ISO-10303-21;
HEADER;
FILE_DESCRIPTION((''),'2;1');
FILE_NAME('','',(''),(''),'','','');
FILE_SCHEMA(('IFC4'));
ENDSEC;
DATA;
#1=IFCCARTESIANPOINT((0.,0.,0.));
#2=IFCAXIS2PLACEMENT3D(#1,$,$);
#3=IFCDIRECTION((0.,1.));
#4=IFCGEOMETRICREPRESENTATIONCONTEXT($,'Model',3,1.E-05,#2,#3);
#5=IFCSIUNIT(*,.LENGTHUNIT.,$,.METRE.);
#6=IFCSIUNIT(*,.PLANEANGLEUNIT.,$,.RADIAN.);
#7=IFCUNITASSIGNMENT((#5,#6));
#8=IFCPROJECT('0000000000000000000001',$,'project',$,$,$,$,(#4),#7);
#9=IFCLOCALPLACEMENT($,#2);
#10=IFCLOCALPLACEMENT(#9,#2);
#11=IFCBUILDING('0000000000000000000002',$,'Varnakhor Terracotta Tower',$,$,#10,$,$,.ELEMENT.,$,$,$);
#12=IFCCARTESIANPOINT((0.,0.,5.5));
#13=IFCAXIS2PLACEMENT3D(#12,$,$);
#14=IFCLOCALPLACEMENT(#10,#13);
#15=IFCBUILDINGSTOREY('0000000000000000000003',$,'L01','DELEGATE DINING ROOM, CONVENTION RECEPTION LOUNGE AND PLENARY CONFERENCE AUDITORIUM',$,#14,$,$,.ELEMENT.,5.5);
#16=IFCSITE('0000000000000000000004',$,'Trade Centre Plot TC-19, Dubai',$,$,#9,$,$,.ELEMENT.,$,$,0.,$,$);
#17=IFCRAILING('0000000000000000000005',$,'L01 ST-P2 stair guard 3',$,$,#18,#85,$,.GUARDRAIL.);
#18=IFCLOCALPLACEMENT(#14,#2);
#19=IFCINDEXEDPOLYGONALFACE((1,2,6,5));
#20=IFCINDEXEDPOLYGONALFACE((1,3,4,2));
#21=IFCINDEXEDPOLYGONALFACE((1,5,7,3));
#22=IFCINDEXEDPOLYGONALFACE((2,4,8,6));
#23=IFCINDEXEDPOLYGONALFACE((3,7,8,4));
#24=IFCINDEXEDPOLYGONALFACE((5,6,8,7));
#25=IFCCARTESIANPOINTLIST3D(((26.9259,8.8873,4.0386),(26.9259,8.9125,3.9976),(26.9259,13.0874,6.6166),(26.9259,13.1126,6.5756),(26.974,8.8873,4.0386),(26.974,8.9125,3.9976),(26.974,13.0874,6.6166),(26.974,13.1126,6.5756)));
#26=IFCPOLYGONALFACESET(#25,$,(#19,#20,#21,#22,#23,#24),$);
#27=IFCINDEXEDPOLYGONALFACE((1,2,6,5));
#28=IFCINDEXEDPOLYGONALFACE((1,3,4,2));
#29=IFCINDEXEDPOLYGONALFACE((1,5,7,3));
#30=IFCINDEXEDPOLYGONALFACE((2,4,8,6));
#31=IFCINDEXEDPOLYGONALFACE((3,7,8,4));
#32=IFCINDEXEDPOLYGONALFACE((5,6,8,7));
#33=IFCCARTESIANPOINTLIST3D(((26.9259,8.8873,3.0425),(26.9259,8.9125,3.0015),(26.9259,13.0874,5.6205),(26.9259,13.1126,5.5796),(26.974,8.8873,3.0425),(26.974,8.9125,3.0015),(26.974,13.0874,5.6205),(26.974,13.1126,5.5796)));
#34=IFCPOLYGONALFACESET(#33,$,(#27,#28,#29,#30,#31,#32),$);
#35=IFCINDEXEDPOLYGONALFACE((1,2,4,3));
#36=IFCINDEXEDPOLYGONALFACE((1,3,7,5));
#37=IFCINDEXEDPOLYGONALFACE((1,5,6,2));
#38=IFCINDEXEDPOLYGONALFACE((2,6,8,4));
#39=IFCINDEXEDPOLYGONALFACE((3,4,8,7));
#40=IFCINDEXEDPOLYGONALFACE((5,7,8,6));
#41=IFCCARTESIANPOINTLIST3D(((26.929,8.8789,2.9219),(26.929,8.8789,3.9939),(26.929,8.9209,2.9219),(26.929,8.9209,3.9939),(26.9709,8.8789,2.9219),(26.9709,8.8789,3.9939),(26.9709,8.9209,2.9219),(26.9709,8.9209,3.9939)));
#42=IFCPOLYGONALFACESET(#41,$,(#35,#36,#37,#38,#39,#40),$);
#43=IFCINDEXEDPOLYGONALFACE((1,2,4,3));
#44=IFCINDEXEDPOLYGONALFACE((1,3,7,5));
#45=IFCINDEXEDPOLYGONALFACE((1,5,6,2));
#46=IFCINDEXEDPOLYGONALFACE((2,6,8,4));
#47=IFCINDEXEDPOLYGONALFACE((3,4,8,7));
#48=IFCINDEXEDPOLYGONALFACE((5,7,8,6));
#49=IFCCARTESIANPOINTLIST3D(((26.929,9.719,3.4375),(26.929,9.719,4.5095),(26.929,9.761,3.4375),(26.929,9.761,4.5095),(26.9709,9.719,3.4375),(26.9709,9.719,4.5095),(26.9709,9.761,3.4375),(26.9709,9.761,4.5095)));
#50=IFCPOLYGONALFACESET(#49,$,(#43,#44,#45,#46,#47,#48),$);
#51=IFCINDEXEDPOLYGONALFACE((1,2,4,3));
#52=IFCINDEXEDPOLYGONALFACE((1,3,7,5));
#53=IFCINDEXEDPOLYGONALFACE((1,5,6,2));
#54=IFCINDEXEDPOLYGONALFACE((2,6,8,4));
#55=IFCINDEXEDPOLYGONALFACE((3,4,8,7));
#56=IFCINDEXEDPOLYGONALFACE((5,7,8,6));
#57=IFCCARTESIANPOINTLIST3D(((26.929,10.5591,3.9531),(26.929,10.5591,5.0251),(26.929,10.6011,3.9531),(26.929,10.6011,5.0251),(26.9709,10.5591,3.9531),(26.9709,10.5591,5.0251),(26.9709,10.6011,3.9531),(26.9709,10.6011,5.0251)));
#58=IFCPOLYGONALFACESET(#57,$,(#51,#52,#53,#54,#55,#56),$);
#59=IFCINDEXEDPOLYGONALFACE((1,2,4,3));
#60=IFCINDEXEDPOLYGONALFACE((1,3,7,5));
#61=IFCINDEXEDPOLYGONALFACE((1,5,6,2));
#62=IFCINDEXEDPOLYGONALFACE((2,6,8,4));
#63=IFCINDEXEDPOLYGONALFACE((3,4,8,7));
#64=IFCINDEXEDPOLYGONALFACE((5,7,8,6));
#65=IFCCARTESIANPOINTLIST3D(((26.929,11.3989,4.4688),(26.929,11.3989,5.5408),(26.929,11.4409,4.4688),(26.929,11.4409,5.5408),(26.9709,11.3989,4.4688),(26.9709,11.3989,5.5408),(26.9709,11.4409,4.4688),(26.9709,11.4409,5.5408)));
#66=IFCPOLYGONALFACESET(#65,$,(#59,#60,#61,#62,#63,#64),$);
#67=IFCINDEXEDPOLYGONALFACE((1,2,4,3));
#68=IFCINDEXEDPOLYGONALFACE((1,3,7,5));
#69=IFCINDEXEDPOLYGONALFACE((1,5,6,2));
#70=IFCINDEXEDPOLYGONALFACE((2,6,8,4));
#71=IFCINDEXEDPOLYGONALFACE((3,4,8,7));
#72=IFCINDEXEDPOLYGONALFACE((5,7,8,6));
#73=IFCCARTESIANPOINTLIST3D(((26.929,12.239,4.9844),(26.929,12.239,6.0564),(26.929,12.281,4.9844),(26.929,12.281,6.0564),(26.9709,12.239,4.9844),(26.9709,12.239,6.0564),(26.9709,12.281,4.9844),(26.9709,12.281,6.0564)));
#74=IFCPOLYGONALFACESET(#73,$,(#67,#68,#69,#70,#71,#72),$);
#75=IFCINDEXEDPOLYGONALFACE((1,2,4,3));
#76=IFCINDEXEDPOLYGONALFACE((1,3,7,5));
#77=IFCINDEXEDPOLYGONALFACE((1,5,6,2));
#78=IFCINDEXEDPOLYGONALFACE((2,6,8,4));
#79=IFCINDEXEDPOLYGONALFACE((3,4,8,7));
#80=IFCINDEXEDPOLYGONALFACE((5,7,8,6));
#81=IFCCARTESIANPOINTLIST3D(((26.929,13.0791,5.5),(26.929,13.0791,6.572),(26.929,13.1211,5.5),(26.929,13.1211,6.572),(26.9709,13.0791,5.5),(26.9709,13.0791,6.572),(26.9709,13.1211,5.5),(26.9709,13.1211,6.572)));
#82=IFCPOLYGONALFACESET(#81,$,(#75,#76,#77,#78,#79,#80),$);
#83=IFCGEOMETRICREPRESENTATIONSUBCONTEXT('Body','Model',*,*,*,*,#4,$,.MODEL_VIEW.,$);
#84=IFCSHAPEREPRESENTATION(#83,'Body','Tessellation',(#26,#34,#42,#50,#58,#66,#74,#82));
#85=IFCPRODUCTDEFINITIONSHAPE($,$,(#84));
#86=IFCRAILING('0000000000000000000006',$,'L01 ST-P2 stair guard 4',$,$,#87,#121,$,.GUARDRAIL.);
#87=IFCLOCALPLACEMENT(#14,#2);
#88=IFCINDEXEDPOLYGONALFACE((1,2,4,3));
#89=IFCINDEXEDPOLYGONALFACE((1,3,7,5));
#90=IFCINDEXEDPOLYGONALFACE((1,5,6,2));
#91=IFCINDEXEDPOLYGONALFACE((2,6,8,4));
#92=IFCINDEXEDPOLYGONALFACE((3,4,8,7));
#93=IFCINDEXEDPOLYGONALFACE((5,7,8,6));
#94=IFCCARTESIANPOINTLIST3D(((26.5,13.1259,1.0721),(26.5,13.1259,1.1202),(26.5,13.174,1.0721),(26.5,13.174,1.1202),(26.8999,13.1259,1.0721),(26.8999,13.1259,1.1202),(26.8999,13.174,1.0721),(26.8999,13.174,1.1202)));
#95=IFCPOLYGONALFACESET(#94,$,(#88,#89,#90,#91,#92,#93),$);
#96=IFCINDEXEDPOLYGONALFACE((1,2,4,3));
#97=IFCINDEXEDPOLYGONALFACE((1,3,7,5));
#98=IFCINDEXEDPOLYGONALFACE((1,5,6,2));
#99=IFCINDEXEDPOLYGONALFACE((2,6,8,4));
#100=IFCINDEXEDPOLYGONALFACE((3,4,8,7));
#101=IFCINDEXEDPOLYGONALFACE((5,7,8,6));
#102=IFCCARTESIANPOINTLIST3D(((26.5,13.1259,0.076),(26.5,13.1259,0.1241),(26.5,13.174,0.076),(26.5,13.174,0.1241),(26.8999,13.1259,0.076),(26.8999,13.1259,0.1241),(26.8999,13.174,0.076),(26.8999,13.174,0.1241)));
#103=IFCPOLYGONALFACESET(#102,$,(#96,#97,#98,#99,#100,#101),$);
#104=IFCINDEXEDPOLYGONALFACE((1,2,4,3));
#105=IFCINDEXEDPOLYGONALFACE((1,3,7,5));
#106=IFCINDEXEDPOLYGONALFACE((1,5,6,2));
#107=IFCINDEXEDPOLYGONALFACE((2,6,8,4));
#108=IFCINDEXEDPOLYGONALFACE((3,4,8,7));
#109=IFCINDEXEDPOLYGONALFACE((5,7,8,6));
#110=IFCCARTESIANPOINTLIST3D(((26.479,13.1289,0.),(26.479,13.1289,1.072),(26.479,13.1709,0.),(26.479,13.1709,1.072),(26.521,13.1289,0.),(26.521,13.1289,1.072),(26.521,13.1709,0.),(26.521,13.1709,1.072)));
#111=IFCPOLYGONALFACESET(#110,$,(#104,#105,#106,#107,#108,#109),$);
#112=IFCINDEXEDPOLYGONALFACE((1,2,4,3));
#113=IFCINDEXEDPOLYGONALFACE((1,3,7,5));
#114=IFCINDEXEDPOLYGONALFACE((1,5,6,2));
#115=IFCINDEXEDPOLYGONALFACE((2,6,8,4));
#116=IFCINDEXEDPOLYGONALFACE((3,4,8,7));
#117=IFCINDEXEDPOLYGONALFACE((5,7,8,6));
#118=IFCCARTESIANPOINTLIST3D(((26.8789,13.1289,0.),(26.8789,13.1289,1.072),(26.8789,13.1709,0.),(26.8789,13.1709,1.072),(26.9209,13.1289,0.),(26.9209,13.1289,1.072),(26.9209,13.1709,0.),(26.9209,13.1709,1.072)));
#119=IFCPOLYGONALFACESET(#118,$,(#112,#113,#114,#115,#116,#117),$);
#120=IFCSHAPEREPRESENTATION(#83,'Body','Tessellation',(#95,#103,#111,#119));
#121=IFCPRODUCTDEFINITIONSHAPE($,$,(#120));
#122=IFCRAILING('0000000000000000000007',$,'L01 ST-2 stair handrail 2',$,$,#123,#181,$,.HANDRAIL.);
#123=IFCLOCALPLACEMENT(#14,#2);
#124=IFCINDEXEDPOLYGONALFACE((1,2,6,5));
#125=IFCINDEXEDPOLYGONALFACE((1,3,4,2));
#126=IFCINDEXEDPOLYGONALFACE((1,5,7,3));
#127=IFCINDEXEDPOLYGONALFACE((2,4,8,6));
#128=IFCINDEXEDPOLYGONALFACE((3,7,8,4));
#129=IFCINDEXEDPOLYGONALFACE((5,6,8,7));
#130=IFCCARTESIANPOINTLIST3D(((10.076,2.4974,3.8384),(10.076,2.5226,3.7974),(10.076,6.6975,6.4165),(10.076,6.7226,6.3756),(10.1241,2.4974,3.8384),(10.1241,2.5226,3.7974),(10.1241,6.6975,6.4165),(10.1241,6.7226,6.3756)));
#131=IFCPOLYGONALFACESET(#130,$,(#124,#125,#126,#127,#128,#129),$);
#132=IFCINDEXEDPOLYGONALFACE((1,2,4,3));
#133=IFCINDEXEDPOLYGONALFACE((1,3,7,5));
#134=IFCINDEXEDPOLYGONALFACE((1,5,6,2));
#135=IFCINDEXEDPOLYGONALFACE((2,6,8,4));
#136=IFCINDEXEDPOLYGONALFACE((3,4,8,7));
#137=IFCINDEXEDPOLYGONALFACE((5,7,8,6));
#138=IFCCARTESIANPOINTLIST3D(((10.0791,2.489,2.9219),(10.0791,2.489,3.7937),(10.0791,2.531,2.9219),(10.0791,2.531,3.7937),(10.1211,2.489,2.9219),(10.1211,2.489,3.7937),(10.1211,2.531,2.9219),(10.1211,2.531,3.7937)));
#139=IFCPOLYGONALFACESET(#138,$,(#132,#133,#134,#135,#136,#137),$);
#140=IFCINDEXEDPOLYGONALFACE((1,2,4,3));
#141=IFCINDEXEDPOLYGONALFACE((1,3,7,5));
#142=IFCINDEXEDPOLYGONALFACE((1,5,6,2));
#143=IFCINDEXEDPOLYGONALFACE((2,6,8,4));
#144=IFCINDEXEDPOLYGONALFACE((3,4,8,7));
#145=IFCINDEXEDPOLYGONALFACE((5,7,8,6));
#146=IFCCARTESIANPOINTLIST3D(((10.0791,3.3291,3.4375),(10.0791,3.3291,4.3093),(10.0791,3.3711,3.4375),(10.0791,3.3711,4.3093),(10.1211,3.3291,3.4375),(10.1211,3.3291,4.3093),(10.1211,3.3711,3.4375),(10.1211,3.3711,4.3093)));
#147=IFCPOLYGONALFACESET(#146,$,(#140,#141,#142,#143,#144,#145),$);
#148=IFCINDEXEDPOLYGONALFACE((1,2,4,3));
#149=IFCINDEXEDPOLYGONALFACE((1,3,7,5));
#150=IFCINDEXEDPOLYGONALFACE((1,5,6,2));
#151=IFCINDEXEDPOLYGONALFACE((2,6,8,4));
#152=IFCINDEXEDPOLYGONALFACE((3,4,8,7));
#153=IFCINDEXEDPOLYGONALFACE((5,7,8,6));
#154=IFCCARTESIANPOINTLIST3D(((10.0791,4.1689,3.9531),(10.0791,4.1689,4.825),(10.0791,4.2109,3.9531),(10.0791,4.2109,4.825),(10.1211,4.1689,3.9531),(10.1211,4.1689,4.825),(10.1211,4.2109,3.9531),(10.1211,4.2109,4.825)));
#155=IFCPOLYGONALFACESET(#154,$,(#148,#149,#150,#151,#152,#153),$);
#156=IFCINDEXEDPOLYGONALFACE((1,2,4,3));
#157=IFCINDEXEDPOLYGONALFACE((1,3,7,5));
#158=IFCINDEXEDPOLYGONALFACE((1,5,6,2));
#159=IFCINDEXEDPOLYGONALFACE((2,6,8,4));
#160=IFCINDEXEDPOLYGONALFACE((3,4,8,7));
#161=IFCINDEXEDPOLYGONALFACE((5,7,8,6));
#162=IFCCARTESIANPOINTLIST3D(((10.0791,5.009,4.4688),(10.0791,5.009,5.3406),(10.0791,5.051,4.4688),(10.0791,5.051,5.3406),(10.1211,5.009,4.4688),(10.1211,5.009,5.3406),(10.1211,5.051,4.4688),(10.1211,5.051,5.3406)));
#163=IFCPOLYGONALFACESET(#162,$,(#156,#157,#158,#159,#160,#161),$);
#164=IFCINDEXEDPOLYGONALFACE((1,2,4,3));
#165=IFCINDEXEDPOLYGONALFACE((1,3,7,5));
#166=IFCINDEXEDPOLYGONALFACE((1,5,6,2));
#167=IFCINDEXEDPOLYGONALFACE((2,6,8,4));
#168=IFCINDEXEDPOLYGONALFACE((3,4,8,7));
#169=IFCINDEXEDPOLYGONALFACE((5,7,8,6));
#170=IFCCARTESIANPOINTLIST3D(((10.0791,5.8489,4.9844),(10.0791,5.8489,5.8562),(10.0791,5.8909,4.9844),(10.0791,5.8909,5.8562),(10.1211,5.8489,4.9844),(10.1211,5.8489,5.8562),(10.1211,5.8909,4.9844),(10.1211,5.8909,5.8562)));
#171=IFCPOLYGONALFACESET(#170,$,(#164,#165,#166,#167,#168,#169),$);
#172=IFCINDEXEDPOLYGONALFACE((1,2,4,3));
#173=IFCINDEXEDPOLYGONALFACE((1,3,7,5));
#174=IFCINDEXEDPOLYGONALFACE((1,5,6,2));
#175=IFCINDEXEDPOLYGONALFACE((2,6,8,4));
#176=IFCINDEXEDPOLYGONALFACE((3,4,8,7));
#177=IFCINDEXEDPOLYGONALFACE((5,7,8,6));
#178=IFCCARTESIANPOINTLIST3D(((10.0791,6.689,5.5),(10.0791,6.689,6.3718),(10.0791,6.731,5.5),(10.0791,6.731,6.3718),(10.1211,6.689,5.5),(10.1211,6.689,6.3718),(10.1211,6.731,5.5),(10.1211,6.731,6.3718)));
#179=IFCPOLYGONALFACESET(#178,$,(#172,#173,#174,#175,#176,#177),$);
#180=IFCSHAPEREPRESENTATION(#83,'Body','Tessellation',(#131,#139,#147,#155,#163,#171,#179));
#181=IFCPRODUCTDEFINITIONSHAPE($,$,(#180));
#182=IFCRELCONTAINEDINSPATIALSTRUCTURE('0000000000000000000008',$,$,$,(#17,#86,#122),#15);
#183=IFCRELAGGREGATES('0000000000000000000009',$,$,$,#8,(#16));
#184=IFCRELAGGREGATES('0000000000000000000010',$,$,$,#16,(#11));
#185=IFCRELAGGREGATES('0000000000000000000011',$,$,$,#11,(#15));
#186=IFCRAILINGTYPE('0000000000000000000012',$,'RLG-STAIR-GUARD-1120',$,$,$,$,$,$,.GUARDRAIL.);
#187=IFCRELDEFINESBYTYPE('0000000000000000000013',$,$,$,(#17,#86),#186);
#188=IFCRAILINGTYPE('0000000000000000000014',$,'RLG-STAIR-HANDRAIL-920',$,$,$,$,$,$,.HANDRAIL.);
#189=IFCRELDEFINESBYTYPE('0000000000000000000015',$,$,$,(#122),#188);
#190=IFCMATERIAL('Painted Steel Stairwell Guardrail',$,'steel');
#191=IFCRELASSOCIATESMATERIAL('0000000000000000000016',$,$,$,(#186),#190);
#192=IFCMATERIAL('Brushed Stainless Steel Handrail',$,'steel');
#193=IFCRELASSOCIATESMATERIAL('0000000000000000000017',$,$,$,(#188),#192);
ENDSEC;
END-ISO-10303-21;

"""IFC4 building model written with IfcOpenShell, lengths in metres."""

from ifc_helpers import new_model, si_unit, direction, frame, origin, origin_2d, place, context, subcontext, project, spatial, rectangle, extrude, material, type_object, element, save


model = new_model("IFC4")

# Units and contexts
model_context = context("Model", 3, precision=1e-05, world=origin(), true_north=direction((0.0, 1.0)))
body_context = subcontext(model_context, "Body", "Model", "MODEL_VIEW")
ifc_project = project(units=[si_unit("LENGTHUNIT", "METRE"), si_unit("PLANEANGLEUNIT", "RADIAN")], contexts=[model_context])

# Site, building, storey
site_placement = place(None, origin())
site = spatial("IfcSite", under=ifc_project, at=site_placement, Name="Trade Centre Plot TC-19, Dubai", CompositionType="ELEMENT", RefElevation=0.0)
building_placement = place(site_placement, origin())
building = spatial("IfcBuilding", under=site, at=building_placement, Name="Varnakhor Terracotta Tower", CompositionType="ELEMENT")
storey_placement = place(building_placement, frame((0.0, 0.0, 5.5)))
storey = spatial("IfcBuildingStorey", under=building, at=storey_placement, Name="L01", Description="DELEGATE DINING ROOM, CONVENTION RECEPTION LOUNGE AND PLENARY CONFERENCE AUDITORIUM", CompositionType="ELEMENT", Elevation=5.5)

# Railings
ifc_material_1 = material(Name="Painted Steel Stairwell Guardrail", Category="steel")
railing_type_1 = type_object("IfcRailingType", Name="RLG-STAIR-GUARD-1120", PredefinedType="GUARDRAIL", material=ifc_material_1)
railing_1_placement = place(storey_placement, frame((26.95, 8.8999, 2.9219)))
element("IfcRailing", 1, at=railing_1_placement, inside=storey, type_object=railing_type_1, Name="L01 ST-P2 stair guard 3", PredefinedType="GUARDRAIL", context=body_context, shape_type="SweptSolid", body=[
    extrude(rectangle(XDim=0.0481, YDim=0.0481, at=origin_2d()), frame((0.0, 0.0, 1.0962), z_axis=(0.0, 0.852256, 0.523124), x_axis=(-1.0, 0.0, 0.0)), (0.0, 0.0, 1.0), 4.9282),
    extrude(rectangle(XDim=0.0481, YDim=0.0481, at=origin_2d()), frame((0.0, 0.0, 0.1001), z_axis=(0.0, 0.852256, 0.523124), x_axis=(-1.0, 0.0, 0.0)), (0.0, 0.0, 1.0), 4.9282),
    extrude(rectangle(XDim=0.042, YDim=0.042, at=origin_2d()), origin(), (0.0, 0.0, 1.0), 1.072),
    extrude(rectangle(XDim=0.042, YDim=0.042, at=origin_2d()), frame((0.0, 0.8401, 0.5156)), (0.0, 0.0, 1.0), 1.072),
    extrude(rectangle(XDim=0.042, YDim=0.042, at=origin_2d()), frame((0.0, 1.6802, 1.0312)), (0.0, 0.0, 1.0), 1.072),
    extrude(rectangle(XDim=0.042, YDim=0.042, at=origin_2d()), frame((0.0, 2.52, 1.5469)), (0.0, 0.0, 1.0), 1.072),
    extrude(rectangle(XDim=0.042, YDim=0.042, at=origin_2d()), frame((0.0, 3.3601, 2.0625)), (0.0, 0.0, 1.0), 1.072),
    extrude(rectangle(XDim=0.042, YDim=0.042, at=origin_2d()), frame((0.0, 4.2002, 2.5781)), (0.0, 0.0, 1.0), 1.072),
])
railing_2_placement = place(storey_placement, frame((26.5, 13.1499, 0.0)))
element("IfcRailing", 2, at=railing_2_placement, inside=storey, type_object=railing_type_1, Name="L01 ST-P2 stair guard 4", PredefinedType="GUARDRAIL", context=body_context, shape_type="SweptSolid", body=[
    extrude(rectangle(XDim=0.0481, YDim=0.0481, at=origin_2d()), frame((0.0, 0.0, 1.0962), z_axis=(1.0, 0.0, 0.0), x_axis=(0.0, 1.0, 0.0)), (0.0, 0.0, 1.0), 0.3999),
    extrude(rectangle(XDim=0.0481, YDim=0.0481, at=origin_2d()), frame((0.0, 0.0, 0.1001), z_axis=(1.0, 0.0, 0.0), x_axis=(0.0, 1.0, 0.0)), (0.0, 0.0, 1.0), 0.3999),
    extrude(rectangle(XDim=0.042, YDim=0.042, at=origin_2d()), origin(), (0.0, 0.0, 1.0), 1.072),
    extrude(rectangle(XDim=0.042, YDim=0.042, at=origin_2d()), frame((0.3999, 0.0, 0.0)), (0.0, 0.0, 1.0), 1.072),
])
ifc_material_2 = material(Name="Brushed Stainless Steel Handrail", Category="steel")
railing_type_2 = type_object("IfcRailingType", Name="RLG-STAIR-HANDRAIL-920", PredefinedType="HANDRAIL", material=ifc_material_2)
railing_3_placement = place(storey_placement, frame((10.1001, 2.51, 2.9219)))
element("IfcRailing", 3, at=railing_3_placement, inside=storey, type_object=railing_type_2, Name="L01 ST-2 stair handrail 2", PredefinedType="HANDRAIL", context=body_context, shape_type="SweptSolid", body=[
    extrude(rectangle(XDim=0.0481, YDim=0.0481, at=origin_2d()), frame((0.0, 0.0, 0.896), z_axis=(0.0, 0.852243, 0.523146), x_axis=(-1.0, 0.0, 0.0)), (0.0, 0.0, 1.0), 4.9282),
    extrude(rectangle(XDim=0.042, YDim=0.042, at=origin_2d()), origin(), (0.0, 0.0, 1.0), 0.8718),
    extrude(rectangle(XDim=0.042, YDim=0.042, at=origin_2d()), frame((0.0, 0.8401, 0.5156)), (0.0, 0.0, 1.0), 0.8718),
    extrude(rectangle(XDim=0.042, YDim=0.042, at=origin_2d()), frame((0.0, 1.6799, 1.0312)), (0.0, 0.0, 1.0), 0.8718),
    extrude(rectangle(XDim=0.042, YDim=0.042, at=origin_2d()), frame((0.0, 2.52, 1.5469)), (0.0, 0.0, 1.0), 0.8718),
    extrude(rectangle(XDim=0.042, YDim=0.042, at=origin_2d()), frame((0.0, 3.3599, 2.0625)), (0.0, 0.0, 1.0), 0.8718),
    extrude(rectangle(XDim=0.042, YDim=0.042, at=origin_2d()), frame((0.0, 4.2, 2.5781)), (0.0, 0.0, 1.0), 0.8718),
])

save(model, "model.ifc")
